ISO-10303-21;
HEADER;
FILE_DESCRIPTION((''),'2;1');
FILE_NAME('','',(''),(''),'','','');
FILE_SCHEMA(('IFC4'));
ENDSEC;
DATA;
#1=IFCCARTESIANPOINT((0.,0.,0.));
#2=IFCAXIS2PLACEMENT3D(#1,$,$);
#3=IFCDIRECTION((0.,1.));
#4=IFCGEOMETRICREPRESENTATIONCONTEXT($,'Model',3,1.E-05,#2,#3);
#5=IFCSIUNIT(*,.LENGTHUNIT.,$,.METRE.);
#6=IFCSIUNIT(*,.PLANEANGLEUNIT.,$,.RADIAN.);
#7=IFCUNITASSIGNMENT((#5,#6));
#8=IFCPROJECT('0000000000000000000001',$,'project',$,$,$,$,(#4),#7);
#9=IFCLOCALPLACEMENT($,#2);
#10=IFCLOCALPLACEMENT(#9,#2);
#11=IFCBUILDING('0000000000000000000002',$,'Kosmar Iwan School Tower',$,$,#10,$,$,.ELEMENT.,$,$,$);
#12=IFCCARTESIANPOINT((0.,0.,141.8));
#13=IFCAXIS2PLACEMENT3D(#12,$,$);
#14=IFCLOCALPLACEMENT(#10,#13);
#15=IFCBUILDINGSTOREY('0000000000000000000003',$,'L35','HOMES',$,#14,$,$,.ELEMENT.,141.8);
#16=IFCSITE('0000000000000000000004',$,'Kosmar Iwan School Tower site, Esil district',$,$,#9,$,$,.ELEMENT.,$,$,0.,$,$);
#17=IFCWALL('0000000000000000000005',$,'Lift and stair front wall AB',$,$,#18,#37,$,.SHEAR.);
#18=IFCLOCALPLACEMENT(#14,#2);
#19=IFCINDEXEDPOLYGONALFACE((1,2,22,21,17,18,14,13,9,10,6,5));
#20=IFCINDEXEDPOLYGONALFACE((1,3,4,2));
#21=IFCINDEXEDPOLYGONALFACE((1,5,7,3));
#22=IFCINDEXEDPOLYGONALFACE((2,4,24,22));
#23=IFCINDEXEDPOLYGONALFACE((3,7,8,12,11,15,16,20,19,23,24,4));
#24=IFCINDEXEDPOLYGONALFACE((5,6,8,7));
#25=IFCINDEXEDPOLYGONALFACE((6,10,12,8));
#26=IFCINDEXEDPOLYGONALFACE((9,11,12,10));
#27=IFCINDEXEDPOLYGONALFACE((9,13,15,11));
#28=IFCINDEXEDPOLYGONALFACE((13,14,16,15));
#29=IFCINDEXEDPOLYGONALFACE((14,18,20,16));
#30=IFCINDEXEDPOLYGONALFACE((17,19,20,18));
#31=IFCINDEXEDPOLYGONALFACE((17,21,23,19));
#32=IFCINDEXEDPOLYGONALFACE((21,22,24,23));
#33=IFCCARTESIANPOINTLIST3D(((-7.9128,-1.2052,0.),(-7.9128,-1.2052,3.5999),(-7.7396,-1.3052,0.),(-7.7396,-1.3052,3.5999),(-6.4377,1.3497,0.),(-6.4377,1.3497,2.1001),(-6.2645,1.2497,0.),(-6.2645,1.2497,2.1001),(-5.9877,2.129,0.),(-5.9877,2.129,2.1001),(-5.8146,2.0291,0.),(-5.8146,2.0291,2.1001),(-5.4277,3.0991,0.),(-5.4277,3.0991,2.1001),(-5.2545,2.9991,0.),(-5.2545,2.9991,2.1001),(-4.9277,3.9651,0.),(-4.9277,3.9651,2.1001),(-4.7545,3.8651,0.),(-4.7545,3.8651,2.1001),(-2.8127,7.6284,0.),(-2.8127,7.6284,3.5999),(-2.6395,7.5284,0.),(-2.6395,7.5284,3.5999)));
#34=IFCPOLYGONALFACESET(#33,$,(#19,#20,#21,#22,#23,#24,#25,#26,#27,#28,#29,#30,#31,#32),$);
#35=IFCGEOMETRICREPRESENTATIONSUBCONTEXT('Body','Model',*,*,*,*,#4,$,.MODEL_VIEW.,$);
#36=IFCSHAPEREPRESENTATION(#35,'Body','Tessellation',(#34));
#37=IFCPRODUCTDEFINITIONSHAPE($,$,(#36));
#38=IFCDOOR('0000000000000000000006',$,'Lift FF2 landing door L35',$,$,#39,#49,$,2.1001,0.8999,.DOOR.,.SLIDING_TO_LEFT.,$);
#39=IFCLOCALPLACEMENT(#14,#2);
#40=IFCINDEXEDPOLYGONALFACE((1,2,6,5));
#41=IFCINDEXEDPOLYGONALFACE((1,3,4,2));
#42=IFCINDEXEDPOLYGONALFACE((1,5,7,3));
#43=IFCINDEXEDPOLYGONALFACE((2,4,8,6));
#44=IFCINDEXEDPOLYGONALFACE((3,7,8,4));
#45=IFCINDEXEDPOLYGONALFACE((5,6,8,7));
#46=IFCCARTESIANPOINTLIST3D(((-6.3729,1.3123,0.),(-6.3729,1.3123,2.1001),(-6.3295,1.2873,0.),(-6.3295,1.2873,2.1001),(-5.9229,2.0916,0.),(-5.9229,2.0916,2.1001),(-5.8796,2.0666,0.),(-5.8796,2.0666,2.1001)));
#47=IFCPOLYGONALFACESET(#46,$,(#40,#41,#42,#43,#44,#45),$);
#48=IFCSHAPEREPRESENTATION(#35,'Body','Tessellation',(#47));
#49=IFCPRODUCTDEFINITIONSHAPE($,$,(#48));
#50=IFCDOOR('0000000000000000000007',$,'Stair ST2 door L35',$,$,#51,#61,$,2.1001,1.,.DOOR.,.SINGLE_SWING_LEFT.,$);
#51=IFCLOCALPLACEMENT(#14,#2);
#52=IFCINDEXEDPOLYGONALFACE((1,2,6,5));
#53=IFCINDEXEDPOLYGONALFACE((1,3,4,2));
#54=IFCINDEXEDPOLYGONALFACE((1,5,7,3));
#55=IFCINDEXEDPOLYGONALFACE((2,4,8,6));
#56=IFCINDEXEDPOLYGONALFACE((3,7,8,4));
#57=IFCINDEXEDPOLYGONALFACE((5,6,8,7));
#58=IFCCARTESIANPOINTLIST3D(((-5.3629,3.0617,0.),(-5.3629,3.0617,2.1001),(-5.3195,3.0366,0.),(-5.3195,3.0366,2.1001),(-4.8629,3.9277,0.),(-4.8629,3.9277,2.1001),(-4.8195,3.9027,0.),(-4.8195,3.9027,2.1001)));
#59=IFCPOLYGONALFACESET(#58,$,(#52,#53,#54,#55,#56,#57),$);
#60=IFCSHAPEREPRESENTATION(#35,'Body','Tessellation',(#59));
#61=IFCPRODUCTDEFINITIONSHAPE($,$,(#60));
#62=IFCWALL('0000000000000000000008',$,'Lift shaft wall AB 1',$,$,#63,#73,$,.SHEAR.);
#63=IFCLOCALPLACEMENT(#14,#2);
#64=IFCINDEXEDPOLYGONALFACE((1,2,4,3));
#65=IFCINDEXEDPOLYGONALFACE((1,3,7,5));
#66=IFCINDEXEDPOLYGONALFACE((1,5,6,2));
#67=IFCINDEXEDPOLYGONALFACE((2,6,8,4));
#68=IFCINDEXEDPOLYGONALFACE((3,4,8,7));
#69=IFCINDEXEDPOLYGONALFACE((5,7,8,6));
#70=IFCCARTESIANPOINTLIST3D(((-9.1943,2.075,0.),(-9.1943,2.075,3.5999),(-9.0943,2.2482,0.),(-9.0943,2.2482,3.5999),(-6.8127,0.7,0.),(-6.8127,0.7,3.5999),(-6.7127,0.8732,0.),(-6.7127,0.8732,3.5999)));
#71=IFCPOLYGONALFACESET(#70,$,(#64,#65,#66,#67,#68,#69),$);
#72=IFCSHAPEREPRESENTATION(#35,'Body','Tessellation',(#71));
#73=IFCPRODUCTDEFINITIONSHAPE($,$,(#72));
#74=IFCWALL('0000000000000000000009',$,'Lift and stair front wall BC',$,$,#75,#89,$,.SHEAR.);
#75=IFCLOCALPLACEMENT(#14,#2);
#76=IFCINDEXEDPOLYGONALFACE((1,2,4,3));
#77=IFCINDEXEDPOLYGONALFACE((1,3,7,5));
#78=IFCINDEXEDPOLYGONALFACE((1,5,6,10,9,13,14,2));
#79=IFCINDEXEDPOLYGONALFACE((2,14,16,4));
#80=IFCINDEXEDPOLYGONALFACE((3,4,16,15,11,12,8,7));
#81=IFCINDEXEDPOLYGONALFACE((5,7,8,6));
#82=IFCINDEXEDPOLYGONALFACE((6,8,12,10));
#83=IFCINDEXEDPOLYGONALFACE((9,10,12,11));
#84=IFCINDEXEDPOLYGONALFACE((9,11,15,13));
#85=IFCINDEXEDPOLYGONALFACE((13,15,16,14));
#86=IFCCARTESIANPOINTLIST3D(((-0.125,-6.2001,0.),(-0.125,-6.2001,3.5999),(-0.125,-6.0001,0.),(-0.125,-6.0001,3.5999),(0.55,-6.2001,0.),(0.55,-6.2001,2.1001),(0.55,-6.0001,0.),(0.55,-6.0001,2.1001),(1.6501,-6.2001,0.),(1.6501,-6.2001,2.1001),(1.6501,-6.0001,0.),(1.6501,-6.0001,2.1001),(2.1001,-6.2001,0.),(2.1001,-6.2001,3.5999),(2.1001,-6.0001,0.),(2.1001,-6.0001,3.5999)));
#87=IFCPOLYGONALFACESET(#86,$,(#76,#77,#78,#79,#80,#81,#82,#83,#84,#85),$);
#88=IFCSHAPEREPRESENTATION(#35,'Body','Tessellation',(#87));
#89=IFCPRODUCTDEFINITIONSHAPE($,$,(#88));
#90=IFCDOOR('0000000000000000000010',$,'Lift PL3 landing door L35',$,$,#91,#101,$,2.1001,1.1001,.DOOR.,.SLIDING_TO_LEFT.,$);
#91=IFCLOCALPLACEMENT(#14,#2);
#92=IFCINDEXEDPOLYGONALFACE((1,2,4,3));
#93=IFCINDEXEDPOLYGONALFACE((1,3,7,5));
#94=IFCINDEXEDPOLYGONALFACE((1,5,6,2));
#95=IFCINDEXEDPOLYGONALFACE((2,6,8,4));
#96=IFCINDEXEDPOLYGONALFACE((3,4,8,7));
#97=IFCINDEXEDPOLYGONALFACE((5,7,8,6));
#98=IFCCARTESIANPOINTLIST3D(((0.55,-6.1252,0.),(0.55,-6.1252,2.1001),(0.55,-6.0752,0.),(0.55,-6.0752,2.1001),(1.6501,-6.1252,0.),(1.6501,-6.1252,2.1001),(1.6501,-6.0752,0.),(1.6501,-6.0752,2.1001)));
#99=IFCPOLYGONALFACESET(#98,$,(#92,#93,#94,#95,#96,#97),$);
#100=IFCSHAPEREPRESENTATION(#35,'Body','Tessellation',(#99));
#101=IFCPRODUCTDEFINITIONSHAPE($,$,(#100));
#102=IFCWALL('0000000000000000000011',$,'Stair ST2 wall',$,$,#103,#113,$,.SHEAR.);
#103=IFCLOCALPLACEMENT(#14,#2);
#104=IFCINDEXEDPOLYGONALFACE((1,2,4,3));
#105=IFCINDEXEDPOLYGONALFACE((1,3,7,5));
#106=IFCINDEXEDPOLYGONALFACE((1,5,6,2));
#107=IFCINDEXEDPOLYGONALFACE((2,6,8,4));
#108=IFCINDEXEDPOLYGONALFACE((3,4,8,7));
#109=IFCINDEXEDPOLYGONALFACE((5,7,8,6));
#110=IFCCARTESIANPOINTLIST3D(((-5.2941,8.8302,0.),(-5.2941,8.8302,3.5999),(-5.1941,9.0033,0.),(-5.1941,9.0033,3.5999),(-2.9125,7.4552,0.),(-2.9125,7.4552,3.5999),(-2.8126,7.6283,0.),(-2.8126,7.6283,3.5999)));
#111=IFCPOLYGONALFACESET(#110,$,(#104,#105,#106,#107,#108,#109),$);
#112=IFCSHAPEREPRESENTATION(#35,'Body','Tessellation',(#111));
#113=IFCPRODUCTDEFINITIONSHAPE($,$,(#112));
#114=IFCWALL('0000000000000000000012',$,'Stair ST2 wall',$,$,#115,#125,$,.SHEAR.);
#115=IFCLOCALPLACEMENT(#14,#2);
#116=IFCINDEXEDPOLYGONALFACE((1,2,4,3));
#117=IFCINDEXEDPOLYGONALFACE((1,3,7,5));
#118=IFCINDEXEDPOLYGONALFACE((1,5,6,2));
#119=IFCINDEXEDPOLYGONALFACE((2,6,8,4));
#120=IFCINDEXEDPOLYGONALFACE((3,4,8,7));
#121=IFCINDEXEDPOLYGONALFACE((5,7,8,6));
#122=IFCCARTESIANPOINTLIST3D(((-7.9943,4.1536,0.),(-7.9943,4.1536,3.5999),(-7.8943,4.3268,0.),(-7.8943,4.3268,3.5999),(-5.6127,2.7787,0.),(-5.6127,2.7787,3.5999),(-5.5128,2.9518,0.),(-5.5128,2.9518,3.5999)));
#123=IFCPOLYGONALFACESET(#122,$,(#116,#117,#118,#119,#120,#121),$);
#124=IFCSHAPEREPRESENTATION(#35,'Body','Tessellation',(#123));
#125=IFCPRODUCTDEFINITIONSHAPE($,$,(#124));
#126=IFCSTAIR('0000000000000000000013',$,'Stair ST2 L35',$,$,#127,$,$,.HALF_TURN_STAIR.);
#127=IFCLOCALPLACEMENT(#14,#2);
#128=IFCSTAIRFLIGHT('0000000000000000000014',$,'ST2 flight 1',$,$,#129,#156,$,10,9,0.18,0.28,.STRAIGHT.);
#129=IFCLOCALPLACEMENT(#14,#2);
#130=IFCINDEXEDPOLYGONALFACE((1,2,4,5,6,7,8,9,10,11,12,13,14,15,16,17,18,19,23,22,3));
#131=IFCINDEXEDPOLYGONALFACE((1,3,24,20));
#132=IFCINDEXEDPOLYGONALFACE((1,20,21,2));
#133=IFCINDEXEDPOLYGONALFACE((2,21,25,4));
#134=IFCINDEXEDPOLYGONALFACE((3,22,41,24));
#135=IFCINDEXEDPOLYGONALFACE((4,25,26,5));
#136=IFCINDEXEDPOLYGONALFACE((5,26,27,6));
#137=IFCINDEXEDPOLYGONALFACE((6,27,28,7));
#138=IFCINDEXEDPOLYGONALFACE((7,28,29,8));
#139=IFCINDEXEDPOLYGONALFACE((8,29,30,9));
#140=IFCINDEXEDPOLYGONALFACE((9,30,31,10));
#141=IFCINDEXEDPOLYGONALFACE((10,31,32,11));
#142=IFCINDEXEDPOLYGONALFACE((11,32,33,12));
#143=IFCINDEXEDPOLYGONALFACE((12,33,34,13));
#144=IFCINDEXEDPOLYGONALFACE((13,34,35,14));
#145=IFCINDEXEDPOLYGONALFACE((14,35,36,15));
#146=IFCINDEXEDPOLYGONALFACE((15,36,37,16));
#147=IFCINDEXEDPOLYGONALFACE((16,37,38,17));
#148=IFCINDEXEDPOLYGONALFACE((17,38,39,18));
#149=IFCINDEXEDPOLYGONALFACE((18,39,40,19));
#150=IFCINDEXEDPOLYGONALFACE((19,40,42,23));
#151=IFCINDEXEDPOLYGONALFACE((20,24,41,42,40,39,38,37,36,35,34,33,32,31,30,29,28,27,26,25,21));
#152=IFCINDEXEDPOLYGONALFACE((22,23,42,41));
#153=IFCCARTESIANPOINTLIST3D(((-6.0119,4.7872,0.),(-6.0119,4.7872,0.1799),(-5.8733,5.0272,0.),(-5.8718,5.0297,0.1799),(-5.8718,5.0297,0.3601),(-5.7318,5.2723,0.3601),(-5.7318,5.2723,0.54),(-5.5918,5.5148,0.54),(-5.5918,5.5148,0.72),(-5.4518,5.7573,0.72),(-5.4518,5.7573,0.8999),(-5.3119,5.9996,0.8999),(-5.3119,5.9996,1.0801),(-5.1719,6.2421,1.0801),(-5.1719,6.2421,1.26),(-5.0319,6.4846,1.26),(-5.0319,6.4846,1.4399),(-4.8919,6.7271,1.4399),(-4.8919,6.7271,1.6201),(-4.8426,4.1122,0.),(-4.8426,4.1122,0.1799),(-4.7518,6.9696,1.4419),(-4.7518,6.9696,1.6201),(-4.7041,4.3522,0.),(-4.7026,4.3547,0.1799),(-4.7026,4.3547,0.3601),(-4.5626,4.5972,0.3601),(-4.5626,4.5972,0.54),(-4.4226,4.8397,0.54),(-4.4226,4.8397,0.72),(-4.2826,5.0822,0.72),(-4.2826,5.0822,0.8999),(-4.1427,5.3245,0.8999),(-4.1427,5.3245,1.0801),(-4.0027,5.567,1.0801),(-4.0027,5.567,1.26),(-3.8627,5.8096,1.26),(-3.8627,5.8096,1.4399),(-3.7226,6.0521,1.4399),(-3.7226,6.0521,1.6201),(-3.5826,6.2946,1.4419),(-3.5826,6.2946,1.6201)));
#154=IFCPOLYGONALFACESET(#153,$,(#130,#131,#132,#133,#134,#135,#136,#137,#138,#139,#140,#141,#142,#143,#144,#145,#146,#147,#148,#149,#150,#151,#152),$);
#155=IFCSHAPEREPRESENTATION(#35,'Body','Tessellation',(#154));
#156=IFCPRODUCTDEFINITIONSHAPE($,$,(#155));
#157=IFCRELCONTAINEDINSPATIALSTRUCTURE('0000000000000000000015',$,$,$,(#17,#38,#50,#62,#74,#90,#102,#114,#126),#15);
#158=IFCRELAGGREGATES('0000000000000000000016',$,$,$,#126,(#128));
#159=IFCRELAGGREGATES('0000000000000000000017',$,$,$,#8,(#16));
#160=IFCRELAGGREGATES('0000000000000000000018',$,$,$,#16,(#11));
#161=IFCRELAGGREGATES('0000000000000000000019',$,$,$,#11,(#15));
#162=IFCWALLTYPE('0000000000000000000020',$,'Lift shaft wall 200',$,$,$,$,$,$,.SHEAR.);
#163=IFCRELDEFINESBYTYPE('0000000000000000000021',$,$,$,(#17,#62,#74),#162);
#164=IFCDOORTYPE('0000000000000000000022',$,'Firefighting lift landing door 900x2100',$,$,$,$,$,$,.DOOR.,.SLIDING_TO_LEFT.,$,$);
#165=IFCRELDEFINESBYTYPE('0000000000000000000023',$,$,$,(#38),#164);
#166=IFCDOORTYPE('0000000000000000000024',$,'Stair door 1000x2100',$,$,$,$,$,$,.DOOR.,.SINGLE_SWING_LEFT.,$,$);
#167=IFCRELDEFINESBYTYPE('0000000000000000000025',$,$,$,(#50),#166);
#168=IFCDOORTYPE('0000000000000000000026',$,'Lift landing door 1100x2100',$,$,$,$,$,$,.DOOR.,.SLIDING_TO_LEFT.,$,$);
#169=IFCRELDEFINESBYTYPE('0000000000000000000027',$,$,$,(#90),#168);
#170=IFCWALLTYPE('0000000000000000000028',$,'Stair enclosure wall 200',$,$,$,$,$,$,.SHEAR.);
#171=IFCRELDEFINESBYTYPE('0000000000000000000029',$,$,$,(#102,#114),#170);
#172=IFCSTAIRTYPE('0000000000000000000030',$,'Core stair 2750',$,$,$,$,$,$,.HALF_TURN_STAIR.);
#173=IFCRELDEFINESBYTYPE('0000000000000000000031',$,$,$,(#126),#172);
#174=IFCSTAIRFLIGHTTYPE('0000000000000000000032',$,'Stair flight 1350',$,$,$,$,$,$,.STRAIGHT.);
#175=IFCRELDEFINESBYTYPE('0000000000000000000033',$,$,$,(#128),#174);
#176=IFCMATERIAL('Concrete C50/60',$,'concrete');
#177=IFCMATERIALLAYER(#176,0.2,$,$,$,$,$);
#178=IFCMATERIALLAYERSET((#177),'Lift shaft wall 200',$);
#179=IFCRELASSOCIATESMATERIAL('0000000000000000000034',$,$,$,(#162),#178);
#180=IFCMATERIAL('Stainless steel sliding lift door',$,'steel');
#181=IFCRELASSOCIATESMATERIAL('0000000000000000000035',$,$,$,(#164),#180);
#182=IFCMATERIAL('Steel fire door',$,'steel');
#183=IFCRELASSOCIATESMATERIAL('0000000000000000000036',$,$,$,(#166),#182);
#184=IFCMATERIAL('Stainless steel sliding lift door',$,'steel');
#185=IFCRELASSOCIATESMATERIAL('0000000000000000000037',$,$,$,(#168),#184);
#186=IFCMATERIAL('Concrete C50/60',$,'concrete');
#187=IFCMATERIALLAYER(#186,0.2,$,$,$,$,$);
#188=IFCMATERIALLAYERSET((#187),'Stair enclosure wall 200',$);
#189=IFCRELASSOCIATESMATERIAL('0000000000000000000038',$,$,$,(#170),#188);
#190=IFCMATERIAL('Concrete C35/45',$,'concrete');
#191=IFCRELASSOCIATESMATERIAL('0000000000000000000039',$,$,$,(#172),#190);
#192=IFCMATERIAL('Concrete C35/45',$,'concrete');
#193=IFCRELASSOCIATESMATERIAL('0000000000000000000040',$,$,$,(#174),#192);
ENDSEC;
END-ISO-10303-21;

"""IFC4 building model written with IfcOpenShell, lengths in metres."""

from ifc_helpers import new_model, si_unit, direction, frame, frame_2d, origin, place, context, subcontext, project, spatial, polyline, rectangle, outline, extrude, material, layer, layer_set, type_object, element, fill, aggregate, save


model = new_model("IFC4")

# Units and contexts
model_context = context("Model", 3, precision=1e-05, world=origin(), true_north=direction((0.0, 1.0)))
body_context = subcontext(model_context, "Body", "Model", "MODEL_VIEW")
ifc_project = project(units=[si_unit("LENGTHUNIT", "METRE"), si_unit("PLANEANGLEUNIT", "RADIAN")], contexts=[model_context])

# Site, building, storey
site_placement = place(None, origin())
site = spatial("IfcSite", under=ifc_project, at=site_placement, Name="Kosmar Iwan School Tower site, Esil district", CompositionType="ELEMENT", RefElevation=0.0)
building_placement = place(site_placement, origin())
building = spatial("IfcBuilding", under=site, at=building_placement, Name="Kosmar Iwan School Tower", CompositionType="ELEMENT")
storey_placement = place(building_placement, frame((0.0, 0.0, 141.8)))
storey = spatial("IfcBuildingStorey", under=building, at=storey_placement, Name="L35", Description="HOMES", CompositionType="ELEMENT", Elevation=141.8)

# Wall, openings, doors
ifc_material_1 = material(Name="Concrete C50/60", Category="concrete")
ifc_layer_1 = layer(ifc_material_1, 0.2)
ifc_layer_set_1 = layer_set([ifc_layer_1], Name="Lift shaft wall 200")
wall_type_1 = type_object("IfcWallType", Name="Lift shaft wall 200", PredefinedType="SHEAR", material=ifc_layer_set_1)
wall_1_placement = place(storey_placement, frame((-2.7261, 7.5784, 0.0), z_axis=(0.0, 0.0, 1.0), x_axis=(-0.500006, -0.866022, 0.0)))
wall_1 = element("IfcWall", 1, at=wall_1_placement, inside=storey, type_object=wall_type_1, Name="Lift and stair front wall AB", PredefinedType="SHEAR", context=body_context, shape_type="SweptSolid", body=[
    extrude(rectangle(XDim=10.2002, YDim=0.2, at=frame_2d((5.1001, 0.0))), origin(), (0.0, 0.0, 1.0), 3.5999),
])
opening_1_placement = place(wall_1_placement, frame((6.3501, 0.0, 0.0)))
opening_1 = element("IfcOpeningElement", 2, at=opening_1_placement, cuts=wall_1, PredefinedType="OPENING", context=body_context, shape_type="SweptSolid", body=[
    extrude(rectangle(XDim=0.8999, YDim=2.1001, at=frame_2d((0.45, 1.05))), frame((0.0, 0.1121, 0.0), z_axis=(0.0, -1.0, 0.0), x_axis=(1.0, 0.0, 0.0)), (0.0, 0.0, 1.0), 0.2239),
])
opening_2_placement = place(wall_1_placement, frame((4.23, 0.0, 0.0)))
opening_2 = element("IfcOpeningElement", 3, at=opening_2_placement, cuts=wall_1, PredefinedType="OPENING", context=body_context, shape_type="SweptSolid", body=[
    extrude(rectangle(XDim=1.0, YDim=2.1001, at=frame_2d((0.5, 1.05))), frame((0.0, 0.1121, 0.0), z_axis=(0.0, -1.0, 0.0), x_axis=(1.0, 0.0, 0.0)), (0.0, 0.0, 1.0), 0.2239),
])
ifc_material_2 = material(Name="Stainless steel sliding lift door", Category="steel")
door_type_1 = type_object("IfcDoorType", Name="Firefighting lift landing door 900x2100", OperationType="SLIDING_TO_LEFT", PredefinedType="DOOR", material=ifc_material_2)
door_1_placement = place(opening_1_placement, origin())
door_1 = element("IfcDoor", 4, at=door_1_placement, inside=storey, type_object=door_type_1, Name="Lift FF2 landing door L35", OperationType="SLIDING_TO_LEFT", OverallHeight=2.1001, OverallWidth=0.8999, PredefinedType="DOOR", context=body_context, shape_type="SweptSolid", body=[
    extrude(rectangle(XDim=0.8999, YDim=2.1001, at=frame_2d((0.45, 1.05))), frame((0.0, 0.0249, 0.0), z_axis=(0.0, -1.0, 0.0), x_axis=(1.0, 0.0, 0.0)), (0.0, 0.0, 1.0), 0.05),
])
fill(opening_1, door_1)
ifc_material_3 = material(Name="Steel fire door", Category="steel")
door_type_2 = type_object("IfcDoorType", Name="Stair door 1000x2100", OperationType="SINGLE_SWING_LEFT", PredefinedType="DOOR", material=ifc_material_3)
door_2_placement = place(opening_2_placement, origin())
door_2 = element("IfcDoor", 5, at=door_2_placement, inside=storey, type_object=door_type_2, Name="Stair ST2 door L35", OperationType="SINGLE_SWING_LEFT", OverallHeight=2.1001, OverallWidth=1.0, PredefinedType="DOOR", context=body_context, shape_type="SweptSolid", body=[
    extrude(rectangle(XDim=1.0, YDim=2.1001, at=frame_2d((0.5, 1.05))), frame((0.0, 0.0249, 0.0), z_axis=(0.0, -1.0, 0.0), x_axis=(1.0, 0.0, 0.0)), (0.0, 0.0, 1.0), 0.05),
])
fill(opening_2, door_2)

# Wall
wall_2_placement = place(storey_placement, frame((-6.7627, 0.7866, 0.0), z_axis=(0.0, 0.0, 1.0), x_axis=(-0.866027, 0.499997, 0.0)))
element("IfcWall", 6, at=wall_2_placement, inside=storey, type_object=wall_type_1, Name="Lift shaft wall AB 1", PredefinedType="SHEAR", context=body_context, shape_type="SweptSolid", body=[
    extrude(rectangle(XDim=2.75, YDim=0.2, at=frame_2d((1.375, 0.0))), origin(), (0.0, 0.0, 1.0), 3.5999),
])

# Wall, opening, door
wall_3_placement = place(storey_placement, frame((-0.125, -6.1001, 0.0), z_axis=(0.0, 0.0, 1.0), x_axis=(1.0, 0.0, 0.0)))
wall_3 = element("IfcWall", 7, at=wall_3_placement, inside=storey, type_object=wall_type_1, Name="Lift and stair front wall BC", PredefinedType="SHEAR", context=body_context, shape_type="SweptSolid", body=[
    extrude(rectangle(XDim=2.2251, YDim=0.2, at=frame_2d((1.1125, 0.0))), origin(), (0.0, 0.0, 1.0), 3.5999),
])
opening_3_placement = place(wall_3_placement, frame((0.675, 0.0, 0.0)))
opening_3 = element("IfcOpeningElement", 8, at=opening_3_placement, cuts=wall_3, PredefinedType="OPENING", context=body_context, shape_type="SweptSolid", body=[
    extrude(rectangle(XDim=1.1001, YDim=2.1001, at=frame_2d((0.55, 1.05))), frame((0.0, 0.1121, 0.0), z_axis=(0.0, -1.0, 0.0), x_axis=(1.0, 0.0, 0.0)), (0.0, 0.0, 1.0), 0.2239),
])
ifc_material_4 = material(Name="Stainless steel sliding lift door", Category="steel")
door_type_3 = type_object("IfcDoorType", Name="Lift landing door 1100x2100", OperationType="SLIDING_TO_LEFT", PredefinedType="DOOR", material=ifc_material_4)
door_3_placement = place(opening_3_placement, origin())
door_3 = element("IfcDoor", 9, at=door_3_placement, inside=storey, type_object=door_type_3, Name="Lift PL3 landing door L35", OperationType="SLIDING_TO_LEFT", OverallHeight=2.1001, OverallWidth=1.1001, PredefinedType="DOOR", context=body_context, shape_type="SweptSolid", body=[
    extrude(rectangle(XDim=1.1001, YDim=2.1001, at=frame_2d((0.55, 1.05))), frame((0.0, 0.0249, 0.0), z_axis=(0.0, -1.0, 0.0), x_axis=(1.0, 0.0, 0.0)), (0.0, 0.0, 1.0), 0.05),
])
fill(opening_3, door_3)

# Walls
ifc_material_5 = material(Name="Concrete C50/60", Category="concrete")
ifc_layer_2 = layer(ifc_material_5, 0.2)
ifc_layer_set_2 = layer_set([ifc_layer_2], Name="Stair enclosure wall 200")
wall_type_2 = type_object("IfcWallType", Name="Stair enclosure wall 200", PredefinedType="SHEAR", material=ifc_layer_set_2)
for number, where, z_axis, x_axis, name in (
    (10, (-2.8625, 7.5417, 0.0), (0.0, 0.0, 1.0), (-0.866027, 0.499997, 0.0), "Stair ST2 wall"),
    (11, (-5.5627, 2.8652, 0.0), (0.0, 0.0, 1.0), (-0.866027, 0.499997, 0.0), "Stair ST2 wall"),
):
    element("IfcWall", number, at=place(storey_placement, frame(where, z_axis=z_axis, x_axis=x_axis)), inside=storey, type_object=wall_type_2, Name=name, PredefinedType="SHEAR", context=body_context, shape_type="SweptSolid", body=[
        extrude(rectangle(XDim=2.75, YDim=0.2, at=frame_2d((1.375, 0.0))), origin(), (0.0, 0.0, 1.0), 3.5999),
    ])

# Stair, stair flight
ifc_material_6 = material(Name="Concrete C35/45", Category="concrete")
stair_type = type_object("IfcStairType", Name="Core stair 2750", PredefinedType="HALF_TURN_STAIR", material=ifc_material_6)
stair_placement = place(storey_placement, origin())
stair = element("IfcStair", 12, at=stair_placement, inside=storey, type_object=stair_type, Name="Stair ST2 L35", PredefinedType="HALF_TURN_STAIR")
ifc_material_7 = material(Name="Concrete C35/45", Category="concrete")
stair_flight_type = type_object("IfcStairFlightType", Name="Stair flight 1350", PredefinedType="STRAIGHT", material=ifc_material_7)
stair_flight_1_placement = place(storey_placement, frame((-5.4272, 4.4497, 0.0), z_axis=(0.0, 0.0, 1.0), x_axis=(0.5, 0.866025, 0.0)))
stair_flight_1 = element("IfcStairFlight", 13, at=stair_flight_1_placement, type_object=stair_flight_type, Name="ST2 flight 1", NumberOfRisers=10, NumberOfTreads=9, PredefinedType="STRAIGHT", RiserHeight=0.18, TreadLength=0.28, context=body_context, shape_type="SweptSolid", body=[
    extrude(outline(polyline([(0.0, 0.0), (0.0, 0.1799), (0.28, 0.1799), (0.28, 0.3601), (0.5601, 0.3601), (0.5601, 0.54), (0.8401, 0.54), (0.8401, 0.72), (1.1201, 0.72), (1.1201, 0.8999), (1.3999, 0.8999), (1.3999, 1.0801), (1.6799, 1.0801), (1.6799, 1.26), (1.96, 1.26), (1.96, 1.4399), (2.24, 1.4399), (2.24, 1.6201), (2.52, 1.6201), (2.52, 1.8), (2.52, 1.4419), (0.2771, 0.0), (0.0, 0.0)])), frame((0.0, 0.675, 0.0), z_axis=(0.0, -1.0, 0.0), x_axis=(1.0, 0.0, 0.0)), (0.0, 0.0, 1.0), 1.3501),
])
aggregate(stair, [stair_flight_1])

save(model, "model.ifc")
